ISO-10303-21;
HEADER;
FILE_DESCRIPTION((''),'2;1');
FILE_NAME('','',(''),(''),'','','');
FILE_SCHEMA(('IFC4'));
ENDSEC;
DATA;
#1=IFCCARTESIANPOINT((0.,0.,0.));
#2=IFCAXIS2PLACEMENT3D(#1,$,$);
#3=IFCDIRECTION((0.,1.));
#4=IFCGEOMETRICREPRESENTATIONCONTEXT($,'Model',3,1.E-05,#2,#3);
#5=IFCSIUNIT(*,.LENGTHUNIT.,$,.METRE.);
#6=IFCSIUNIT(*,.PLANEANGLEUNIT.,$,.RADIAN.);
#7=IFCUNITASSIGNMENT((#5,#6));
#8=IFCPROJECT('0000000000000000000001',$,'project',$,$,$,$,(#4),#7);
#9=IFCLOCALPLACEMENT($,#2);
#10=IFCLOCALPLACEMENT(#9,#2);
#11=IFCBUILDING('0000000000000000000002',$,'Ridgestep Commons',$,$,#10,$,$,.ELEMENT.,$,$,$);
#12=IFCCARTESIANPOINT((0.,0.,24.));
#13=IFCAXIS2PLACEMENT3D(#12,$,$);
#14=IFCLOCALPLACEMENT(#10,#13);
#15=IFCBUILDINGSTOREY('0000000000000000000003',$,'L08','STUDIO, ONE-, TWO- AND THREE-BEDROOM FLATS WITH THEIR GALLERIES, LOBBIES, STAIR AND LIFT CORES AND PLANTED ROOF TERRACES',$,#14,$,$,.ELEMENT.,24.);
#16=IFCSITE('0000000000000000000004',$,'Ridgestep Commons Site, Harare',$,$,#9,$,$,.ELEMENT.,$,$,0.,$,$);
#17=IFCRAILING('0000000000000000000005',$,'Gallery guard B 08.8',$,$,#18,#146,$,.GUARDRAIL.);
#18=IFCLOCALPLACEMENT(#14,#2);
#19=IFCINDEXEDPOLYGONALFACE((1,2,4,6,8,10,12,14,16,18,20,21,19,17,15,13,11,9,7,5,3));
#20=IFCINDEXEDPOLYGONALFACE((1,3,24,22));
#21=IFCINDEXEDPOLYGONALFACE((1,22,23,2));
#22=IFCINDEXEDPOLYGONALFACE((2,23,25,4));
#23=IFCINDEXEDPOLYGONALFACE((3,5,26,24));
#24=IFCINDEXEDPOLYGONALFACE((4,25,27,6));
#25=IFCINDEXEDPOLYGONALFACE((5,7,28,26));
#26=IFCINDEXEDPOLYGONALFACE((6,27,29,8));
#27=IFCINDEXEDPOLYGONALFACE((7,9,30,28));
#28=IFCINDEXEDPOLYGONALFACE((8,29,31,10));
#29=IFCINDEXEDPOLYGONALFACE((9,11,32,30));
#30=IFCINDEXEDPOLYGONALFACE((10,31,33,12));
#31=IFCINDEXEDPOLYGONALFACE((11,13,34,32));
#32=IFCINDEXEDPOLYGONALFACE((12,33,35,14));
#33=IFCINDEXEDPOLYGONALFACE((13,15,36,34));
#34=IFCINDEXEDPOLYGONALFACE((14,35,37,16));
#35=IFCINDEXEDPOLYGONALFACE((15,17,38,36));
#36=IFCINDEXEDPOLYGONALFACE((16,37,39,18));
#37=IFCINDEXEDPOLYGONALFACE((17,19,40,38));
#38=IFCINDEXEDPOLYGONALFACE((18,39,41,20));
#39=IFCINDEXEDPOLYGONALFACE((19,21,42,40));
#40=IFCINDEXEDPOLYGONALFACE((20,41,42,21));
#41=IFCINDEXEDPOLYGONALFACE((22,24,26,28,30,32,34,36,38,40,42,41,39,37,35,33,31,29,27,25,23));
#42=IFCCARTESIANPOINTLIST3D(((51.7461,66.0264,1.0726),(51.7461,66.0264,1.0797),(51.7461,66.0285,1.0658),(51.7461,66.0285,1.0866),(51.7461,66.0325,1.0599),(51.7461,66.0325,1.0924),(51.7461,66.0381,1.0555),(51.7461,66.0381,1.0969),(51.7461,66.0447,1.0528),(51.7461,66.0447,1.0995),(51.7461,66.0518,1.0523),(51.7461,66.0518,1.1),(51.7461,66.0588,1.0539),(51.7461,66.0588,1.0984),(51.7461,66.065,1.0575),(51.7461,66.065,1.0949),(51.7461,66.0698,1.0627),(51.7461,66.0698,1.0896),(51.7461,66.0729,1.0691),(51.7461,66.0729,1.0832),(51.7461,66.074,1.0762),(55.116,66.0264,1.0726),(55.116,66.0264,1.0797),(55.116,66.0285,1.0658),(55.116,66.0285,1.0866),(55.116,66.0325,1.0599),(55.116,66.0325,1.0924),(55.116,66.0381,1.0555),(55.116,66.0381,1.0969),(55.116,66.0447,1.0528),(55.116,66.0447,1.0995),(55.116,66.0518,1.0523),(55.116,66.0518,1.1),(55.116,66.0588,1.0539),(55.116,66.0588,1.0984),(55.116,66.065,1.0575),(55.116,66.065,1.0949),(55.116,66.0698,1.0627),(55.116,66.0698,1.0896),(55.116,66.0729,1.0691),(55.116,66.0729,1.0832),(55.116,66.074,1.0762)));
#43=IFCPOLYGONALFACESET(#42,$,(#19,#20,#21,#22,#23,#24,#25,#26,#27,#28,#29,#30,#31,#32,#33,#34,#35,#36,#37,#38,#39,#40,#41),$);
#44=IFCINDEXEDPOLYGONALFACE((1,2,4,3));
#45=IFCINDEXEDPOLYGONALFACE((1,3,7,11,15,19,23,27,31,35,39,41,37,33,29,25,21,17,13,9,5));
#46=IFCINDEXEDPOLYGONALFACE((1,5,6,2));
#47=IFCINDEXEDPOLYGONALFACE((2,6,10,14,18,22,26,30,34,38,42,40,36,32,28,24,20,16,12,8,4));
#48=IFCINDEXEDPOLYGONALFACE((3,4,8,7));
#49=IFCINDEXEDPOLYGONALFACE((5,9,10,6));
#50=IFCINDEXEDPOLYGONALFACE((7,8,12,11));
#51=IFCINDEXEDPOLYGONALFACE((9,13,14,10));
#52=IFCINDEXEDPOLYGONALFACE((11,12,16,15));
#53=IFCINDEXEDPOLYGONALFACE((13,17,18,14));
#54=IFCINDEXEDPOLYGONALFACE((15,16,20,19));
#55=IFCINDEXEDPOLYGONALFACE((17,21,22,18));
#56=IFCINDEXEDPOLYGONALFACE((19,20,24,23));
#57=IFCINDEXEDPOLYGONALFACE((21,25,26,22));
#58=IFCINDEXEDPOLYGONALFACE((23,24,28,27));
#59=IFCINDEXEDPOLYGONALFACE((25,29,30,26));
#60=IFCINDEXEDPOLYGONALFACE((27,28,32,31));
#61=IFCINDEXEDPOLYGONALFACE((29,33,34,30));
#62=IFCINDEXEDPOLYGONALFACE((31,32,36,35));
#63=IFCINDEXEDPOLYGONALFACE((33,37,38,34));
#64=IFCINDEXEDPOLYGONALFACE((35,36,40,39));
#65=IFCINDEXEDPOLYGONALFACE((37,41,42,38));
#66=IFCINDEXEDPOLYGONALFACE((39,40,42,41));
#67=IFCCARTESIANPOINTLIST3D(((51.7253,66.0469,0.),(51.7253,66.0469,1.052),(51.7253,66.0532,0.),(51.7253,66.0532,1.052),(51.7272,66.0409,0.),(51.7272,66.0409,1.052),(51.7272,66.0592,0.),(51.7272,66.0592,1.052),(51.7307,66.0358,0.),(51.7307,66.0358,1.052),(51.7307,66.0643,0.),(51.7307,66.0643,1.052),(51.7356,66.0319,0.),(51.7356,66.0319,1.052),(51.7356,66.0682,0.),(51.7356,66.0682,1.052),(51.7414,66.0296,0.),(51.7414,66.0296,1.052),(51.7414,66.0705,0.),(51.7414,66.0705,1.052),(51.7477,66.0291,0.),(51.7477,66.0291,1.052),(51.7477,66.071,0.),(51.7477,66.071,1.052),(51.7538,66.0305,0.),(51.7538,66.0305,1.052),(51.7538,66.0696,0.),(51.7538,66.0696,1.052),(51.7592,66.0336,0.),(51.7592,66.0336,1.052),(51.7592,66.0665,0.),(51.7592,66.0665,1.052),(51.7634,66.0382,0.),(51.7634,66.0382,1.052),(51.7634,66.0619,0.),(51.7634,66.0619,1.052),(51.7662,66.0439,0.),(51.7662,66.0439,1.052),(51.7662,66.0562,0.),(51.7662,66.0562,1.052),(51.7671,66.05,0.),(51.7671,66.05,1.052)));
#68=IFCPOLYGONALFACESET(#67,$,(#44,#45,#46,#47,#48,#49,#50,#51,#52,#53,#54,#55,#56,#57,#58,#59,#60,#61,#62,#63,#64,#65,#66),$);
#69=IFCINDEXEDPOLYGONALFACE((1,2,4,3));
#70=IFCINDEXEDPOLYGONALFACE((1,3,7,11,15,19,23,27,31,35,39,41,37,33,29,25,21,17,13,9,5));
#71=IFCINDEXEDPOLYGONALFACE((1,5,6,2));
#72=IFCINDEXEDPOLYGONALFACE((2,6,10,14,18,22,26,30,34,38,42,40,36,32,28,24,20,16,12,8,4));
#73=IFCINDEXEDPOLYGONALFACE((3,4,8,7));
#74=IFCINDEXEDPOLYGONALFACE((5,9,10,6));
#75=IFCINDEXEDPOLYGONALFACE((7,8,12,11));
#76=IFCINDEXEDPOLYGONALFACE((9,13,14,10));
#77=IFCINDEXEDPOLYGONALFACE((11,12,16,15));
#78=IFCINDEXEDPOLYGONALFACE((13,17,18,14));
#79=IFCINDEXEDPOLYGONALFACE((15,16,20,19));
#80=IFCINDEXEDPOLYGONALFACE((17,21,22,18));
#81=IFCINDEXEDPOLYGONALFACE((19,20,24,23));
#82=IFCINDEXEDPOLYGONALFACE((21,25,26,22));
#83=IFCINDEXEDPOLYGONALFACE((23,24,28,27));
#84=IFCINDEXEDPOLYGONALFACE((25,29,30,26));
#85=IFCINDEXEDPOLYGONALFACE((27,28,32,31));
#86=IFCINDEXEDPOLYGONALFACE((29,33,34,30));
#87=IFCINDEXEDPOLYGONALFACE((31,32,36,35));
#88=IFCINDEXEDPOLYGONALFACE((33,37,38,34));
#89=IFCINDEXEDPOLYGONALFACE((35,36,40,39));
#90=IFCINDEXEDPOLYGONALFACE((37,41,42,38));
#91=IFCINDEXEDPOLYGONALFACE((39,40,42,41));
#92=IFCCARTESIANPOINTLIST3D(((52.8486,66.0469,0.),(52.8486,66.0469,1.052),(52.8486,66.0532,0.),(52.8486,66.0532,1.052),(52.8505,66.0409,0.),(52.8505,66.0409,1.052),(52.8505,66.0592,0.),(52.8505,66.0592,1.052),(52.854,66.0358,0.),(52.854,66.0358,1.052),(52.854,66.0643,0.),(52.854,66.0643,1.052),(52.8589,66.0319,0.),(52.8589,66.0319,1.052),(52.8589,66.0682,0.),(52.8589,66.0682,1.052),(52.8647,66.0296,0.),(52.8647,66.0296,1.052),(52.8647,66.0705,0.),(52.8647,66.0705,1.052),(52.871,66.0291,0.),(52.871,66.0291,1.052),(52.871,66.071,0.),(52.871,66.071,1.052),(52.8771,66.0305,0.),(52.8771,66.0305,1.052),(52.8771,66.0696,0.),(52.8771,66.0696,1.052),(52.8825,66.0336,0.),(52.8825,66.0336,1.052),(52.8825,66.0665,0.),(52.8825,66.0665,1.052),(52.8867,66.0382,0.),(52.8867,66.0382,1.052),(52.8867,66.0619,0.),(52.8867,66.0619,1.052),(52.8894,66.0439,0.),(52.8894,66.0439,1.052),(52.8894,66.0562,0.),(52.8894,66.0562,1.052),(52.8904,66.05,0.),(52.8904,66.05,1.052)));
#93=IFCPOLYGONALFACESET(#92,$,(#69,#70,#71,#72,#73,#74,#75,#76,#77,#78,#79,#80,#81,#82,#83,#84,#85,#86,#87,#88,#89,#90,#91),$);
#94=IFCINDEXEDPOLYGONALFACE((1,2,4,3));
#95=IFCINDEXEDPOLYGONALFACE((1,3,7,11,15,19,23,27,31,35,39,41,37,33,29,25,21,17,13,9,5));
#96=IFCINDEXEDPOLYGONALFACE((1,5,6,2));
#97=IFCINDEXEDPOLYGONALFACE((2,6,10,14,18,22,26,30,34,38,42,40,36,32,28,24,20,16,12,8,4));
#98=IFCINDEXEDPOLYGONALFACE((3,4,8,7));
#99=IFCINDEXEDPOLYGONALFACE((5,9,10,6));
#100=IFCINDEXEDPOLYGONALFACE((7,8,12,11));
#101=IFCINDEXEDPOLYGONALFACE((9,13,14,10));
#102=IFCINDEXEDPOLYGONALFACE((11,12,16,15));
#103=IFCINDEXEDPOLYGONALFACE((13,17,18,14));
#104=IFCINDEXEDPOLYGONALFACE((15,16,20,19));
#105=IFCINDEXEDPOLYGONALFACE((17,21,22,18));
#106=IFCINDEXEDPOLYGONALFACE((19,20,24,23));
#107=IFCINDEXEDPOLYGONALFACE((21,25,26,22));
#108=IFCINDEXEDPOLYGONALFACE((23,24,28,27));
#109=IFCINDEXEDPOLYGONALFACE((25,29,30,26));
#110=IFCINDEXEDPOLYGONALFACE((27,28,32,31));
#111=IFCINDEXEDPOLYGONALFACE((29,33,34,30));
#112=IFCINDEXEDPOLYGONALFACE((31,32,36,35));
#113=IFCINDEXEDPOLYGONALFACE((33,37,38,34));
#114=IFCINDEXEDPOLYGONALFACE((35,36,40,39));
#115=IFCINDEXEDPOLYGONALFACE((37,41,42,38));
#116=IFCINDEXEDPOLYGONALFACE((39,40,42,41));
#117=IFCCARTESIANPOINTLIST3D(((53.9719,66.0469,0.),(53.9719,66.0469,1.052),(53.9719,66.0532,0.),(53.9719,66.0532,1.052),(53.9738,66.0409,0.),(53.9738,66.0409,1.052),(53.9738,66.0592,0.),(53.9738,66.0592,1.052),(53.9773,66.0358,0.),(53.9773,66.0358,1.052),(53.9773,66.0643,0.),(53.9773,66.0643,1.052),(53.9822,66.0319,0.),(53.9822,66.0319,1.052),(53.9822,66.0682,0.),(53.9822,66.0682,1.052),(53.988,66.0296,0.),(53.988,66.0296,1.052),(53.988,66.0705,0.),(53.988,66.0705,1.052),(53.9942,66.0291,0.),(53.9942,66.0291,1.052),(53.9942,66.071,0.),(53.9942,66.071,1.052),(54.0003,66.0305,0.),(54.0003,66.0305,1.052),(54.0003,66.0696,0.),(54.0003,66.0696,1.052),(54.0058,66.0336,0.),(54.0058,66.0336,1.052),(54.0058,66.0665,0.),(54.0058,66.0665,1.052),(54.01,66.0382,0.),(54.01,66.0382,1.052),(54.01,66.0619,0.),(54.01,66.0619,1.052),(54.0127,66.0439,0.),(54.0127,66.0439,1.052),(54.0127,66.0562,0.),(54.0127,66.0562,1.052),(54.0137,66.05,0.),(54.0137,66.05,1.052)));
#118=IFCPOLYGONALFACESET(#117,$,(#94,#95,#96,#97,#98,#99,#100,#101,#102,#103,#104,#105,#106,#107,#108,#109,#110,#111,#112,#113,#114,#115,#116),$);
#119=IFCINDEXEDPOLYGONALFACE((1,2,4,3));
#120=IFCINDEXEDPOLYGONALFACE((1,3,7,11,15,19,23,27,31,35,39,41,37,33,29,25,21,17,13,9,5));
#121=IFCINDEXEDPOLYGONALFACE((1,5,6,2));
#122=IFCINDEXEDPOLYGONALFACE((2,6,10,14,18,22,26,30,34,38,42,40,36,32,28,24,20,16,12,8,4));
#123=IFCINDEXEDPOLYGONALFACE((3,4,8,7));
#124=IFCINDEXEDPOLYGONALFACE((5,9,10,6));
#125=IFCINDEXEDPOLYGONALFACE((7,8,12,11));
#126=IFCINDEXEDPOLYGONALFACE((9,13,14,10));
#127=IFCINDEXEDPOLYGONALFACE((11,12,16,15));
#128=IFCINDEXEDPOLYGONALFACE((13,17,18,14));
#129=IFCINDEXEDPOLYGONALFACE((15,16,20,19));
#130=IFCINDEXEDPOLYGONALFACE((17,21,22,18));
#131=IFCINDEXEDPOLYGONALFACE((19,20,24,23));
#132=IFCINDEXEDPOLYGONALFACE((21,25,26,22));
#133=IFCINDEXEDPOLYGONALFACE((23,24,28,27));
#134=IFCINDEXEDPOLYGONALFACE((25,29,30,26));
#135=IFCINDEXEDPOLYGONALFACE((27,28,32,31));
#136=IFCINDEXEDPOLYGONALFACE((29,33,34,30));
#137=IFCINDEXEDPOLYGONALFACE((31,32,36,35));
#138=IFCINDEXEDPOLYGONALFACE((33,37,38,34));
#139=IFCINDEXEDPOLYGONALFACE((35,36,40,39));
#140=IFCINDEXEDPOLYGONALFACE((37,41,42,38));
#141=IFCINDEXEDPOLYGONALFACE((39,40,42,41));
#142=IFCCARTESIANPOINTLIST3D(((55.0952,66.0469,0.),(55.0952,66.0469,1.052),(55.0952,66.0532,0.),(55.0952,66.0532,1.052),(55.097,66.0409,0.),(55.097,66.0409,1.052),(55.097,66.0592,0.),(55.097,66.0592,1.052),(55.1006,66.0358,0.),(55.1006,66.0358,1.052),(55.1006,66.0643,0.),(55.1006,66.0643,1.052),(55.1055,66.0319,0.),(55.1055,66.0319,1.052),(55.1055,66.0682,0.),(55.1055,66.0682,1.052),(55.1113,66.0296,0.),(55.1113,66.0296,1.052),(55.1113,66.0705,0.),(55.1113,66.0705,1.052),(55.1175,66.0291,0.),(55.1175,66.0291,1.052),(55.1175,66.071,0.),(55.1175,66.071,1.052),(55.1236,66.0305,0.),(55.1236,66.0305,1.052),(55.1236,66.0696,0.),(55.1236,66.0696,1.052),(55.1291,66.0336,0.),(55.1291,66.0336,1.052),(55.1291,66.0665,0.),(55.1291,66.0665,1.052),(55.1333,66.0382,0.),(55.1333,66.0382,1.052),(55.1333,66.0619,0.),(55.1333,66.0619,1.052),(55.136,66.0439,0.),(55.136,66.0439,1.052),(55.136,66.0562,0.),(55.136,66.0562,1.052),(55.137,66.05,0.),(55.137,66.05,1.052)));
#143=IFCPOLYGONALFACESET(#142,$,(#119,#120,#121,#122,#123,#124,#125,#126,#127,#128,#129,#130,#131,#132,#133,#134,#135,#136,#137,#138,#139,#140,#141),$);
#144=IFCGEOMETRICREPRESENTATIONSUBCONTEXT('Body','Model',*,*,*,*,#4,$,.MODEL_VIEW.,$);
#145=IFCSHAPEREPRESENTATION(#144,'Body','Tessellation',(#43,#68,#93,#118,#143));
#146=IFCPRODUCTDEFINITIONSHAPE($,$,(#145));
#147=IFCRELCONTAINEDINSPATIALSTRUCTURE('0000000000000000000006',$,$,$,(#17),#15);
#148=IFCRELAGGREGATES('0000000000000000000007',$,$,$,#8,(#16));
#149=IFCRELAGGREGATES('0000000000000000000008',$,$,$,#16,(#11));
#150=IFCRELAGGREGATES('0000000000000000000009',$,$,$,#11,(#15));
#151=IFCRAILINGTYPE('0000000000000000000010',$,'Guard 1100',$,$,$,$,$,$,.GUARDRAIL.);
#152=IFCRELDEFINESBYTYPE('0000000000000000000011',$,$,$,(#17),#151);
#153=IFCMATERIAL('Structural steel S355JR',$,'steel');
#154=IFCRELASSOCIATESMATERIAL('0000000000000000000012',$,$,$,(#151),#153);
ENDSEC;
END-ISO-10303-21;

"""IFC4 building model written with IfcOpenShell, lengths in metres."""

from ifc_helpers import new_model, si_unit, direction, frame, origin, origin_2d, place, context, subcontext, project, spatial, circle, extrude, material, type_object, element, save


model = new_model("IFC4")

# Units and contexts
model_context = context("Model", 3, precision=1e-05, world=origin(), true_north=direction((0.0, 1.0)))
body_context = subcontext(model_context, "Body", "Model", "MODEL_VIEW")
ifc_project = project(units=[si_unit("LENGTHUNIT", "METRE"), si_unit("PLANEANGLEUNIT", "RADIAN")], contexts=[model_context])

# Site, building, storey
site_placement = place(None, origin())
site = spatial("IfcSite", under=ifc_project, at=site_placement, Name="Ridgestep Commons Site, Harare", CompositionType="ELEMENT", RefElevation=0.0)
building_placement = place(site_placement, origin())
building = spatial("IfcBuilding", under=site, at=building_placement, Name="Ridgestep Commons", CompositionType="ELEMENT")
storey_placement = place(building_placement, frame((0.0, 0.0, 24.0)))
storey = spatial("IfcBuildingStorey", under=building, at=storey_placement, Name="L08", Description="STUDIO, ONE-, TWO- AND THREE-BEDROOM FLATS WITH THEIR GALLERIES, LOBBIES, STAIR AND LIFT CORES AND PLANTED ROOF TERRACES", CompositionType="ELEMENT", Elevation=24.0)

# Railing
ifc_material_1 = material(Name="Structural steel S355JR", Category="steel")
railing_type = type_object("IfcRailingType", Name="Guard 1100", PredefinedType="GUARDRAIL", material=ifc_material_1)
railing_1_placement = place(storey_placement, frame((51.7461, 66.05, 0.0)))
element("IfcRailing", 1, at=railing_1_placement, inside=storey, type_object=railing_type, Name="Gallery guard B 08.8", PredefinedType="GUARDRAIL", context=body_context, shape_type="SweptSolid", body=[
    extrude(circle(Radius=0.0239, at=origin_2d()), frame((0.0, 0.0, 1.0762), z_axis=(1.0, 0.0, 0.0), x_axis=(0.0, 1.0, 0.0)), (0.0, 0.0, 1.0), 3.3699),
    extrude(circle(Radius=0.021, at=origin_2d()), origin(), (0.0, 0.0, 1.0), 1.052),
    extrude(circle(Radius=0.021, at=origin_2d()), frame((1.1233, 0.0, 0.0)), (0.0, 0.0, 1.0), 1.052),
    extrude(circle(Radius=0.021, at=origin_2d()), frame((2.2466, 0.0, 0.0)), (0.0, 0.0, 1.0), 1.052),
    extrude(circle(Radius=0.021, at=origin_2d()), frame((3.3699, 0.0, 0.0)), (0.0, 0.0, 1.0), 1.052),
])

save(model, "model.ifc")
